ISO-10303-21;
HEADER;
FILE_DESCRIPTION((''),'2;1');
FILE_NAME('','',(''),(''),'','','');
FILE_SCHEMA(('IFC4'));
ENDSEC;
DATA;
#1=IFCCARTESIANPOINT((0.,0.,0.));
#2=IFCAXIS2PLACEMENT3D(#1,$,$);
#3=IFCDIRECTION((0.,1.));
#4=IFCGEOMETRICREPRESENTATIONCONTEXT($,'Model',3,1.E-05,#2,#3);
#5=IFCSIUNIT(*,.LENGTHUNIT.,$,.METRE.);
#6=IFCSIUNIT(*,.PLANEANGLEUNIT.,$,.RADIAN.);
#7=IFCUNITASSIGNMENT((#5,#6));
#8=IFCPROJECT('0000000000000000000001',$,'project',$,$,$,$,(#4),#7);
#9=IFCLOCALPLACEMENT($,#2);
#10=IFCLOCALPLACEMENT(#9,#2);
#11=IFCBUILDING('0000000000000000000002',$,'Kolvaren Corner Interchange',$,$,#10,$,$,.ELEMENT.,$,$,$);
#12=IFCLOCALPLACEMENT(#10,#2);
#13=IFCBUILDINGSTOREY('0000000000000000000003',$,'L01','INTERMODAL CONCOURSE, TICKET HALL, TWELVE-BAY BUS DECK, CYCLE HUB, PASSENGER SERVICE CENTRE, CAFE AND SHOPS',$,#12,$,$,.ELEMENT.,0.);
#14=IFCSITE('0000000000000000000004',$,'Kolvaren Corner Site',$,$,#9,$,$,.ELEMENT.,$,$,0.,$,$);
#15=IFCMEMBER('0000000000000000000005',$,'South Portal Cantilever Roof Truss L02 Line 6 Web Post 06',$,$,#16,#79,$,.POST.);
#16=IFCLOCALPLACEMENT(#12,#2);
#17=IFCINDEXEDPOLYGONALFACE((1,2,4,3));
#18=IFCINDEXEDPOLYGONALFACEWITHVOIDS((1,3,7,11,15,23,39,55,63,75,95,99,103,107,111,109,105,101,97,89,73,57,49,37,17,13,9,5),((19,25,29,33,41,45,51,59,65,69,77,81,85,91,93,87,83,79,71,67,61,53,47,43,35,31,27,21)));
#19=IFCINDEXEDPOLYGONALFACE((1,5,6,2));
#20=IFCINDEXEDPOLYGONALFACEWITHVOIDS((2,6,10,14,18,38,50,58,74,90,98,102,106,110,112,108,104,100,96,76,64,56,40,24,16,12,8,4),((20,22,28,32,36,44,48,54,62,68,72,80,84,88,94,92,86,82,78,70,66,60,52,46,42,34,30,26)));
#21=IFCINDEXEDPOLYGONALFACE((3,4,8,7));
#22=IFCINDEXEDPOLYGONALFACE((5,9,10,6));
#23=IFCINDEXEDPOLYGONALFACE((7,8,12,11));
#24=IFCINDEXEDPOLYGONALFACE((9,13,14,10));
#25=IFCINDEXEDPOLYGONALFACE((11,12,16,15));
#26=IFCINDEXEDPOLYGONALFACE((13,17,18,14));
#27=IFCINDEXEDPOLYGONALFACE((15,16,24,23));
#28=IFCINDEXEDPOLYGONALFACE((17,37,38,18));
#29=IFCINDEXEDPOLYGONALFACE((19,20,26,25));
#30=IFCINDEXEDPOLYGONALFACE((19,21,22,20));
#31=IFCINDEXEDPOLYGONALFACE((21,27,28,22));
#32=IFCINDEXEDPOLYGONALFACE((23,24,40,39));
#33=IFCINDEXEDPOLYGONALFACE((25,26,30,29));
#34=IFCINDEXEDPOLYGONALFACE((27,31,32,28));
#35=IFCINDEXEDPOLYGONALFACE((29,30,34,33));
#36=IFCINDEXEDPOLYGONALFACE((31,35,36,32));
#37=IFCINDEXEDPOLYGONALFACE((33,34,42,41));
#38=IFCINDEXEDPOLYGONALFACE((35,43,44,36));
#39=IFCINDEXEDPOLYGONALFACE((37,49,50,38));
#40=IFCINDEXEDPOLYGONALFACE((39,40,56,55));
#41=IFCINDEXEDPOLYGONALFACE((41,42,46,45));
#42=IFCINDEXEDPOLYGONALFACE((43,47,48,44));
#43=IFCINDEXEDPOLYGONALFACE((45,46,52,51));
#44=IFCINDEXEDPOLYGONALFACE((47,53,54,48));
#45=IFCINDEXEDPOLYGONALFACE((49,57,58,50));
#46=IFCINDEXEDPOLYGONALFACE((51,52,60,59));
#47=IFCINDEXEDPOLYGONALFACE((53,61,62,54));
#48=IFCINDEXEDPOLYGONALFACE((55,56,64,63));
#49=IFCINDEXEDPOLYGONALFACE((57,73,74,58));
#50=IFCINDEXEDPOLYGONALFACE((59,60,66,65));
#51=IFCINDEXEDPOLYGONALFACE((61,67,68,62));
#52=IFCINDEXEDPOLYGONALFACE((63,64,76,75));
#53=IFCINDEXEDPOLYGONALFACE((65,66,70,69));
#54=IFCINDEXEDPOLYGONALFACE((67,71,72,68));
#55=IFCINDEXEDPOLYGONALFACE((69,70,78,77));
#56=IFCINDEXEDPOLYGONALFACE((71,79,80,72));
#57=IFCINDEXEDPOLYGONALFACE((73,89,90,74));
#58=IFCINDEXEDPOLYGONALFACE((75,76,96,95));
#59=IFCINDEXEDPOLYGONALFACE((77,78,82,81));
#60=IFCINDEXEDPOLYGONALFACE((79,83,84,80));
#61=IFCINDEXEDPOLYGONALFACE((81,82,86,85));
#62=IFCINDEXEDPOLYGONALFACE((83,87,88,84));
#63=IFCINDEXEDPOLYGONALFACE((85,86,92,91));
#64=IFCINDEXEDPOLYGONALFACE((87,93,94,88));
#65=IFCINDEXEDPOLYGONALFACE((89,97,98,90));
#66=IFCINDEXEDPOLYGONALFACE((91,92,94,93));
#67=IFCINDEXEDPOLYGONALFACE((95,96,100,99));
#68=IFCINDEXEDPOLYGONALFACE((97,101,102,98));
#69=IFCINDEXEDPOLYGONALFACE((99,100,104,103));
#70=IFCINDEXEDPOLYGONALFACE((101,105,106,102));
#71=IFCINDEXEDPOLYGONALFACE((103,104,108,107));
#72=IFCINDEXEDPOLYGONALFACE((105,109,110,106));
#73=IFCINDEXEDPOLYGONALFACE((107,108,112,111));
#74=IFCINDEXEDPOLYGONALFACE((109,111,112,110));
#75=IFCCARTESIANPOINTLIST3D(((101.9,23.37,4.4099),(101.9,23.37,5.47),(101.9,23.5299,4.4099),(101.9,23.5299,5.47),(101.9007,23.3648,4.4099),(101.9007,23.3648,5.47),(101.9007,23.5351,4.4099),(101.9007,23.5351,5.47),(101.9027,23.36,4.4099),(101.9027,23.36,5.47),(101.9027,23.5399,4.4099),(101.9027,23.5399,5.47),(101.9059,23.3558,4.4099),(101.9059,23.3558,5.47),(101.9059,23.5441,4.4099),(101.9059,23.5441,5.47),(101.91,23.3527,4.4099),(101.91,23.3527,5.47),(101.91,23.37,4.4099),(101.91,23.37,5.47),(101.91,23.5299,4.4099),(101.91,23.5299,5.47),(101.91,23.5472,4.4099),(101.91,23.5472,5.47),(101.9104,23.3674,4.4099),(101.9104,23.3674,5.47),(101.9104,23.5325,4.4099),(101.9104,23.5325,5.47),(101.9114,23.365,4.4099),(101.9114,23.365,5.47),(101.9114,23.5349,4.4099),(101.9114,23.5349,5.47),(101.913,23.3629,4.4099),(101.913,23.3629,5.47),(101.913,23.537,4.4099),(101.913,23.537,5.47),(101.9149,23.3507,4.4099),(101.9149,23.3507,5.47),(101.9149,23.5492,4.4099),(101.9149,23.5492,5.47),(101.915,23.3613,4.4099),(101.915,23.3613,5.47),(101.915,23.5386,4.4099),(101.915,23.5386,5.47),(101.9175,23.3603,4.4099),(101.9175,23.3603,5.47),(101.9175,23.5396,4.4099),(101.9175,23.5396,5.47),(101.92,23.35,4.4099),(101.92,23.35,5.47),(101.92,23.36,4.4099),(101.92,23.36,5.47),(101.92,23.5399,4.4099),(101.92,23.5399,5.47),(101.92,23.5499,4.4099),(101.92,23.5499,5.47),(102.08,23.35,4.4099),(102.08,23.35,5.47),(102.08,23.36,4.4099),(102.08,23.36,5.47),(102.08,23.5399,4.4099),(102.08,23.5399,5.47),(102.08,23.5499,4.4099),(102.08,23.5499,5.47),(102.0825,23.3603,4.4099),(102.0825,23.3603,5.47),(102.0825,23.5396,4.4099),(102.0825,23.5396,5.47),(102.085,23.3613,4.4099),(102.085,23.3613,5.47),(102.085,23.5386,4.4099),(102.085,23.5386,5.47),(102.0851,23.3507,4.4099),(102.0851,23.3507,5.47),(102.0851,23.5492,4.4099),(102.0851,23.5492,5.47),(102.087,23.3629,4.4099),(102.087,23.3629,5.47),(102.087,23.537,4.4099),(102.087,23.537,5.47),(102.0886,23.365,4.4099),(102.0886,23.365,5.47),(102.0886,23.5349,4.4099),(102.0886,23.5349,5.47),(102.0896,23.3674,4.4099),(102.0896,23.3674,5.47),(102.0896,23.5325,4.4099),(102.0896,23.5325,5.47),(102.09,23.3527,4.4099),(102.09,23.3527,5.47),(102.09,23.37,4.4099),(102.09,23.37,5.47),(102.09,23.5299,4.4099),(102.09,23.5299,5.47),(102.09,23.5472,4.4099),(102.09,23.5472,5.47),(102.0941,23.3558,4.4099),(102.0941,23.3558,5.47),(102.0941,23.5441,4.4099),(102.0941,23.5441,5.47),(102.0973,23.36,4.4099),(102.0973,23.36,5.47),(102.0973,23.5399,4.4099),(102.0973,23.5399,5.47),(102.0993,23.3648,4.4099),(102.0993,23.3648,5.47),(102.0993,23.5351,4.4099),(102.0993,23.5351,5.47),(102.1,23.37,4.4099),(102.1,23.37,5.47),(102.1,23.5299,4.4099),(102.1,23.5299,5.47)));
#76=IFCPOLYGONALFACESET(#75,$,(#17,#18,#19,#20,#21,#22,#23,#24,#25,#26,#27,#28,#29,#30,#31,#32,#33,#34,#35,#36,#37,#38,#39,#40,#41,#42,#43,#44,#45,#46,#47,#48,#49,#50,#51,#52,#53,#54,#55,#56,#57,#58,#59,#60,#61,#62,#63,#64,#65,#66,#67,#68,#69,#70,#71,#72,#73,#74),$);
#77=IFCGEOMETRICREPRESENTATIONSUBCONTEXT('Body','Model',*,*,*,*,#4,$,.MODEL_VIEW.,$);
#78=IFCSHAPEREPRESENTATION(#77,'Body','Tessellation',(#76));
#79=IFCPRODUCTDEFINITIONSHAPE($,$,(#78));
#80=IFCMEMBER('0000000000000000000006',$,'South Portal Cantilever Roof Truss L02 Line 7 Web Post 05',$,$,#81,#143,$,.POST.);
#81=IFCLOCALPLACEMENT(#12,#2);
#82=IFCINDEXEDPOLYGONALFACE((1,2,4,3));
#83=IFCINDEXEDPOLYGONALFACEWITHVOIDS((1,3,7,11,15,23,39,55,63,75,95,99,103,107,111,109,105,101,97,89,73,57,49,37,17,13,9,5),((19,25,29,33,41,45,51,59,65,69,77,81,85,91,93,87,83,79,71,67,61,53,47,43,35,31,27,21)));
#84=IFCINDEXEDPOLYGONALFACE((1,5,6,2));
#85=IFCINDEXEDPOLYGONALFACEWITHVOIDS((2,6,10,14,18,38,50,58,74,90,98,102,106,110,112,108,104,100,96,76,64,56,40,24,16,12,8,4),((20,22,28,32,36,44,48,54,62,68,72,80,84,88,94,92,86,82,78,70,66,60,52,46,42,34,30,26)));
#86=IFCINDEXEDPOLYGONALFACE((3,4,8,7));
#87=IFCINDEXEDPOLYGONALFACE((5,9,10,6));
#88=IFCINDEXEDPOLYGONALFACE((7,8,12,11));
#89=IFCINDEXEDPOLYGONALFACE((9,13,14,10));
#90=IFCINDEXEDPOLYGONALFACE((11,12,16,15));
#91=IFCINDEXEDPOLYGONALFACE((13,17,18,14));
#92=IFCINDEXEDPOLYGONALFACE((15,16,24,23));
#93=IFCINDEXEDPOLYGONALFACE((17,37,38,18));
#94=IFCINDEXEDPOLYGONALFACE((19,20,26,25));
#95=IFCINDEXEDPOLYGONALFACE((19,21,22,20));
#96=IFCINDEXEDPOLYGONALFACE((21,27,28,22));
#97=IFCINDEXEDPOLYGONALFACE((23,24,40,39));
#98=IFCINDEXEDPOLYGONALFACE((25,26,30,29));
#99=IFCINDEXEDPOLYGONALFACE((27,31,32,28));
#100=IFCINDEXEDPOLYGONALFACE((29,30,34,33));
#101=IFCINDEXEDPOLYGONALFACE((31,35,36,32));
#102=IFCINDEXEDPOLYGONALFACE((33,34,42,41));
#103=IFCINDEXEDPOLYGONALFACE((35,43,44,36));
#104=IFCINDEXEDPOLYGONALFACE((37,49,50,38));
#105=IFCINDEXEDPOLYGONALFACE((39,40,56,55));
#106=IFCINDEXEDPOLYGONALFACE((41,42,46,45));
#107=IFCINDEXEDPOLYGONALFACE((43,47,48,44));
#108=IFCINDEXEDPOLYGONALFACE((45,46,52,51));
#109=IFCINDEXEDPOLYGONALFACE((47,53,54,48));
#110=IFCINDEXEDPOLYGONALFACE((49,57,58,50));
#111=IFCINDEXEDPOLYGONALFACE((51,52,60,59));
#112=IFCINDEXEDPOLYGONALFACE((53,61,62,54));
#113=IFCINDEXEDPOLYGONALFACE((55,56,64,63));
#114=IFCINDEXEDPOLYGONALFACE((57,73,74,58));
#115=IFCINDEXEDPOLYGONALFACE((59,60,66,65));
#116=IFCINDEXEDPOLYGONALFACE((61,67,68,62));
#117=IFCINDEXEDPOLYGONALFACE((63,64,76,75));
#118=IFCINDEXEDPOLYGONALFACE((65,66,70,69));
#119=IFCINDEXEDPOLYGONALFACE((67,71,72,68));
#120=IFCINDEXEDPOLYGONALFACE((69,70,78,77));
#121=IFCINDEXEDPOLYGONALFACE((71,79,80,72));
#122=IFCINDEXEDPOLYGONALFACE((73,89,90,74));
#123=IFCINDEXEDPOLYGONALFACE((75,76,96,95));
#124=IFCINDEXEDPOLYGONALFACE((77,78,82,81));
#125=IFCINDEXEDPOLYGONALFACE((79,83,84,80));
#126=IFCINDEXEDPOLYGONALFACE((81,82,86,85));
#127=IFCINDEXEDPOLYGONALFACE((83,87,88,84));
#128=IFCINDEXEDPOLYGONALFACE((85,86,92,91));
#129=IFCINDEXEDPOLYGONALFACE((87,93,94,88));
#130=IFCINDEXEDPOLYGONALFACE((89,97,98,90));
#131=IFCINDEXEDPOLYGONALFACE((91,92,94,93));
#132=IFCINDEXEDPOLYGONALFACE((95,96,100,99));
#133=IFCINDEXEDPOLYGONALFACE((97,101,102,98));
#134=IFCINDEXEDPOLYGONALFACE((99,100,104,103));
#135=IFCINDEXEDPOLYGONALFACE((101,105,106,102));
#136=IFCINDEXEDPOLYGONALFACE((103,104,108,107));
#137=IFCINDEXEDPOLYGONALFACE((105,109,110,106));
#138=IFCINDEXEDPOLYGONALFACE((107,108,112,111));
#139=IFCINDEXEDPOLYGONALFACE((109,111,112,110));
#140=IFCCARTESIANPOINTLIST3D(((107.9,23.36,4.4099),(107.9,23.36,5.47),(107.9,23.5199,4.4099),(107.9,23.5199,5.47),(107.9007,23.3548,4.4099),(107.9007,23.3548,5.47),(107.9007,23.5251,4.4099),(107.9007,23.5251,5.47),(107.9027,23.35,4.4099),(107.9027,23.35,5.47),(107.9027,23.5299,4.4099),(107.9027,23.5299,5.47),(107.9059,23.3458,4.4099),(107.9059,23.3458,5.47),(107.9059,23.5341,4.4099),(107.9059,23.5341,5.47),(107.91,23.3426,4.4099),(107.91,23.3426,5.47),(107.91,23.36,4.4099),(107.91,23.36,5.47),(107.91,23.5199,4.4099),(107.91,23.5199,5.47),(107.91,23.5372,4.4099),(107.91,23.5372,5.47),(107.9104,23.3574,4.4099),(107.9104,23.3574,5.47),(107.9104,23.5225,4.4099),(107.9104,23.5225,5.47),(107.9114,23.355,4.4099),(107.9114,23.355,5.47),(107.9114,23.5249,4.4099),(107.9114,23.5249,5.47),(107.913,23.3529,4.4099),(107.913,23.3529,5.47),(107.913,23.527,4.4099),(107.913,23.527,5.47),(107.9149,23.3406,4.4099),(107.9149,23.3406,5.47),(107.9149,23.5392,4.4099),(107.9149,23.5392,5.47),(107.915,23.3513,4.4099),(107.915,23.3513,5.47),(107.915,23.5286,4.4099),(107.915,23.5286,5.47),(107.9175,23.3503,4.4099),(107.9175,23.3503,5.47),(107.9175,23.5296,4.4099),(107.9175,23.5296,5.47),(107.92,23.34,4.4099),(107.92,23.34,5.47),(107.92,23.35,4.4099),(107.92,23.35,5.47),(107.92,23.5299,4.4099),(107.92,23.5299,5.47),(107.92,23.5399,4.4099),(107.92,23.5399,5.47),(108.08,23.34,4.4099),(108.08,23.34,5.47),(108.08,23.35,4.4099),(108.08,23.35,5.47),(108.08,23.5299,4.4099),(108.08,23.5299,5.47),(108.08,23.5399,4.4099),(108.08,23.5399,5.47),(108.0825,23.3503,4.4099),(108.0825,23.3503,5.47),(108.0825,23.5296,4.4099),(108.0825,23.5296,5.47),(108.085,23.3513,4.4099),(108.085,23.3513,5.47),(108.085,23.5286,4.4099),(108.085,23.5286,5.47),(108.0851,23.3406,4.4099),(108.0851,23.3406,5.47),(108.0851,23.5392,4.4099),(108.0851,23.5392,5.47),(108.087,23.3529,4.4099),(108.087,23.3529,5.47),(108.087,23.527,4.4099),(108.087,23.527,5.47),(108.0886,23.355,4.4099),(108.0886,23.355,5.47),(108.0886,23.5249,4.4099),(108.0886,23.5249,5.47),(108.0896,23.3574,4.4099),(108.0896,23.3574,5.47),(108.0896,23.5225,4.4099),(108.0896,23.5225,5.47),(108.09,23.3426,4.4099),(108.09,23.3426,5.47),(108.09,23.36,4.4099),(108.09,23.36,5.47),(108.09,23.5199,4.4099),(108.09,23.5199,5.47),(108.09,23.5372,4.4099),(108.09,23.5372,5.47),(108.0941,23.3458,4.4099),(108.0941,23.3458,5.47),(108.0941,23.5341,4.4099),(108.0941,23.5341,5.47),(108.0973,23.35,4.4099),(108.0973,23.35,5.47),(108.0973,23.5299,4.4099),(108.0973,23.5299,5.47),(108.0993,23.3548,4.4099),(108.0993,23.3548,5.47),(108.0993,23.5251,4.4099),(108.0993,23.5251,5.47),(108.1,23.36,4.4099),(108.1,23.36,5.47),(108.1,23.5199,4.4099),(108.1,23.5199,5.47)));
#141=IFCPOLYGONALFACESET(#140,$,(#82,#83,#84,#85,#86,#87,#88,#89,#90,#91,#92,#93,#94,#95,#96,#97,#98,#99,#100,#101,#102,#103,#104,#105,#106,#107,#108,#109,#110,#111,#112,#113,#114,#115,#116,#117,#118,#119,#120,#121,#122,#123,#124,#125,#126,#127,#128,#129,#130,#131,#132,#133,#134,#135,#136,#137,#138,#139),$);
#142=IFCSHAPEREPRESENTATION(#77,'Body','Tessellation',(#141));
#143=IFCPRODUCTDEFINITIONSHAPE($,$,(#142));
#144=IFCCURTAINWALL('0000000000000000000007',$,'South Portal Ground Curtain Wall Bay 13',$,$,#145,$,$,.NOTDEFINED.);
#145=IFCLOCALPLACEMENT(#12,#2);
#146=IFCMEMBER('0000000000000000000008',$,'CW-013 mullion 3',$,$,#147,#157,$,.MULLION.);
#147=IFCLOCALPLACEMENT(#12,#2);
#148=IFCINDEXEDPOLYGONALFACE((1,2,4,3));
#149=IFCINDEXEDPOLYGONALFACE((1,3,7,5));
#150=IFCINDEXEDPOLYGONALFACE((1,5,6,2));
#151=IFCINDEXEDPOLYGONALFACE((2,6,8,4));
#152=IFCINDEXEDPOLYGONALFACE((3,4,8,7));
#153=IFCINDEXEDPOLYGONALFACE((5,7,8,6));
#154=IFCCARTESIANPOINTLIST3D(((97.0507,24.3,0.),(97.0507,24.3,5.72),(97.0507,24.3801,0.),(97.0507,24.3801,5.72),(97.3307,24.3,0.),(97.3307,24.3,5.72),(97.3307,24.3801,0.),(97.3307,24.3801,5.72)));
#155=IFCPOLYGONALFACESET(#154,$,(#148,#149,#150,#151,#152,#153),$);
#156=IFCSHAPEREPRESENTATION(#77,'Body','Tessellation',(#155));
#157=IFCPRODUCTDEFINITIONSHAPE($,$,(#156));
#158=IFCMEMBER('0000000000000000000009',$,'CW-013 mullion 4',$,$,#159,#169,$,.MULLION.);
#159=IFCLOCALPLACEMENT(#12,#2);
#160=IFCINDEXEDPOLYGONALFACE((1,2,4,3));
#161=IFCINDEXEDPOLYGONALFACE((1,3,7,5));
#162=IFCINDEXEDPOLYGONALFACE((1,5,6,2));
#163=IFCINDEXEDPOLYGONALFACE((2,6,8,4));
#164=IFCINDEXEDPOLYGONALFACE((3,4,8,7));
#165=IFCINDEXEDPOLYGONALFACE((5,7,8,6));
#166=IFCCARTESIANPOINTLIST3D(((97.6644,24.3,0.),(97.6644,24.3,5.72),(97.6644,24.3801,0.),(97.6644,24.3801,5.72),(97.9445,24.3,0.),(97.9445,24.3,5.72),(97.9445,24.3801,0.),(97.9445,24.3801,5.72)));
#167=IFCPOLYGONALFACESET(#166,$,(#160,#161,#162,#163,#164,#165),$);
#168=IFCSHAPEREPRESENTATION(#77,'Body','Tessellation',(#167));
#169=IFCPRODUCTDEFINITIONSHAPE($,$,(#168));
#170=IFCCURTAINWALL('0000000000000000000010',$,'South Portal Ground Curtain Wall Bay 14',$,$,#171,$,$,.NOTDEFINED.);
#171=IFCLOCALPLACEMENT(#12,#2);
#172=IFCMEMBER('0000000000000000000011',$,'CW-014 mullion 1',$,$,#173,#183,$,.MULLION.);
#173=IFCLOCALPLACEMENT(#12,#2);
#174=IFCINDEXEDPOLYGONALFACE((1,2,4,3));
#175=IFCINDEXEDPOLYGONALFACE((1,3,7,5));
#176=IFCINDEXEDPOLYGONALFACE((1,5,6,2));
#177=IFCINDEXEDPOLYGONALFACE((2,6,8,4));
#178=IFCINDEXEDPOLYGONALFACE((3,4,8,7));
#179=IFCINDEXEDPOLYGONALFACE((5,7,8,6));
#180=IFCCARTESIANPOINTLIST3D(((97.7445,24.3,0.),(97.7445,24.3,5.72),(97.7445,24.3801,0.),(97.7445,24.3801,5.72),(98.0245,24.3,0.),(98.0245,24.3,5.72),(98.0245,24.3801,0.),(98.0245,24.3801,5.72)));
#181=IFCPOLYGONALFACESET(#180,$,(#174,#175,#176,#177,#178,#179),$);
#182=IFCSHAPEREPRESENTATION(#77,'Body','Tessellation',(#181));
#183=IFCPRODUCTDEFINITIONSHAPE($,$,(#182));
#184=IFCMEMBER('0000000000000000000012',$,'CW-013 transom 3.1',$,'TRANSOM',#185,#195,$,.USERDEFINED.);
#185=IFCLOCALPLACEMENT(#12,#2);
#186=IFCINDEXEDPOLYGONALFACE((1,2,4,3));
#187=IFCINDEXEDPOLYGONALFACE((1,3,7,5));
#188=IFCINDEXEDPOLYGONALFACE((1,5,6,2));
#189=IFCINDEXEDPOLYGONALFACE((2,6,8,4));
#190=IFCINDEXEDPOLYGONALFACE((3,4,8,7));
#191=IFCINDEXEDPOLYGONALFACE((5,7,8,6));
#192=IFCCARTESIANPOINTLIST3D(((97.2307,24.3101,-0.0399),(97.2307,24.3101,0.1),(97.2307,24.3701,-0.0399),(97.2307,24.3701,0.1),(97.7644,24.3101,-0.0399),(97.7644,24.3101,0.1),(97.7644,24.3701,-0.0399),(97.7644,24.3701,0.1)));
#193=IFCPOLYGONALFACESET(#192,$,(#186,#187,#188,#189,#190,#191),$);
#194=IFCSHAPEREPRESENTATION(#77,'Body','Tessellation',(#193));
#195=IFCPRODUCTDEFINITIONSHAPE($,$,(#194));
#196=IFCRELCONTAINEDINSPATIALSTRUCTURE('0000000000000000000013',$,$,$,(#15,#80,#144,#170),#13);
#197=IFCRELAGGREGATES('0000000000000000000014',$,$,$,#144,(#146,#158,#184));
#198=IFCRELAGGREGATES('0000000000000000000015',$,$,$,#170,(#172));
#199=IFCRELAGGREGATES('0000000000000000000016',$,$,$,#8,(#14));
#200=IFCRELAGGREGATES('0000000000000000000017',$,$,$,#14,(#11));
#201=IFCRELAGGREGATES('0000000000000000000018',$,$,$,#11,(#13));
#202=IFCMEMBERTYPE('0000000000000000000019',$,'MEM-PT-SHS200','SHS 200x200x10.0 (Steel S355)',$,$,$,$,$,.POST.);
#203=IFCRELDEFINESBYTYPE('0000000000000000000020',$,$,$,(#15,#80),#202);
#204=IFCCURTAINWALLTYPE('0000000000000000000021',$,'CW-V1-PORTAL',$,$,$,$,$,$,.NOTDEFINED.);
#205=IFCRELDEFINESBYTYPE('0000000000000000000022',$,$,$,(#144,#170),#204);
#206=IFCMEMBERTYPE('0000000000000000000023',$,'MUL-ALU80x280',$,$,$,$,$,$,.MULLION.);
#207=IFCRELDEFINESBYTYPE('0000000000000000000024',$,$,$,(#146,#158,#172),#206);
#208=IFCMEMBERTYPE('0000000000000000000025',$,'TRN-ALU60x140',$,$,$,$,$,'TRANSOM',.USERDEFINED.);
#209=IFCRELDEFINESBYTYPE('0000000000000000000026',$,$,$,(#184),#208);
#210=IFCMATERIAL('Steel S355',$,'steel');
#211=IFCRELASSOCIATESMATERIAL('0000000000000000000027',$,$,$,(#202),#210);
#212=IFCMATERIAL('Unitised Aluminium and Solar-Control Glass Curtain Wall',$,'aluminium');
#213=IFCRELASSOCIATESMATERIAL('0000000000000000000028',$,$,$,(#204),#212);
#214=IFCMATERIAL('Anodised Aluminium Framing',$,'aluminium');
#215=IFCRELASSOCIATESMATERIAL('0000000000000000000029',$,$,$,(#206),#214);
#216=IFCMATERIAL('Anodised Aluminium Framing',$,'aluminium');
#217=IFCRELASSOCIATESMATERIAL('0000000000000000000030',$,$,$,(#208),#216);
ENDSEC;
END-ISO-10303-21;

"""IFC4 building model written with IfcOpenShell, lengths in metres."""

from ifc_helpers import new_model, si_unit, direction, frame, origin, origin_2d, place, context, subcontext, project, spatial, rectangle, hollow_rectangle, extrude, material, material_profile, profile_set, type_object, element, aggregate, save


model = new_model("IFC4")

# Units and contexts
model_context = context("Model", 3, precision=1e-05, world=origin(), true_north=direction((0.0, 1.0)))
body_context = subcontext(model_context, "Body", "Model", "MODEL_VIEW")
ifc_project = project(units=[si_unit("LENGTHUNIT", "METRE"), si_unit("PLANEANGLEUNIT", "RADIAN")], contexts=[model_context])

# Site, building, storey
site_placement = place(None, origin())
site = spatial("IfcSite", under=ifc_project, at=site_placement, Name="Kolvaren Corner Site", CompositionType="ELEMENT", RefElevation=0.0)
building_placement = place(site_placement, origin())
building = spatial("IfcBuilding", under=site, at=building_placement, Name="Kolvaren Corner Interchange", CompositionType="ELEMENT")
storey_placement = place(building_placement, origin())
storey = spatial("IfcBuildingStorey", under=building, at=storey_placement, Name="L01", Description="INTERMODAL CONCOURSE, TICKET HALL, TWELVE-BAY BUS DECK, CYCLE HUB, PASSENGER SERVICE CENTRE, CAFE AND SHOPS", CompositionType="ELEMENT", Elevation=0.0)

# Members
ifc_material_1 = material(Name="Steel S355", Category="steel")
ifc_material_profile_1 = material_profile(ifc_material_1, hollow_rectangle(XDim=0.2, YDim=0.2, WallThickness=0.01, InnerFilletRadius=0.01, OuterFilletRadius=0.02, at=origin_2d()), Name="SHS 200x200x10.0")
ifc_profile_set_1 = profile_set([ifc_material_profile_1], Name="Steel S355")
member_type_1 = type_object("IfcMemberType", Name="MEM-PT-SHS200", Description="SHS 200x200x10.0 (Steel S355)", PredefinedType="POST", material=ifc_profile_set_1)
for number, where, z_axis, x_axis, name in (
    (1, (102.0, 23.45, 4.4099), (0.0, 0.0, 1.0), (1.0, 0.0, 0.0), "South Portal Cantilever Roof Truss L02 Line 6 Web Post 06"),
    (2, (108.0, 23.4399, 4.4099), (0.0, 0.0, 1.0), (1.0, 0.0, 0.0), "South Portal Cantilever Roof Truss L02 Line 7 Web Post 05"),
):
    element("IfcMember", number, at=place(storey_placement, frame(where, z_axis=z_axis, x_axis=x_axis)), inside=storey, type_object=member_type_1, Name=name, PredefinedType="POST", context=body_context, shape_type="SweptSolid", body=[
        extrude(hollow_rectangle(XDim=0.2, YDim=0.2, WallThickness=0.01, InnerFilletRadius=0.01, OuterFilletRadius=0.02, at=origin_2d()), origin(), (0.0, 0.0, 1.0), 1.0601),
    ])

# Curtain wall, members
ifc_material_2 = material(Name="Unitised Aluminium and Solar-Control Glass Curtain Wall", Category="aluminium")
curtain_wall_type = type_object("IfcCurtainWallType", Name="CW-V1-PORTAL", PredefinedType="NOTDEFINED", material=ifc_material_2)
curtain_wall_1_placement = place(storey_placement, origin())
curtain_wall_1 = element("IfcCurtainWall", 3, at=curtain_wall_1_placement, inside=storey, type_object=curtain_wall_type, Name="South Portal Ground Curtain Wall Bay 13", PredefinedType="NOTDEFINED")
ifc_material_3 = material(Name="Anodised Aluminium Framing", Category="aluminium")
ifc_material_profile_2 = material_profile(ifc_material_3, rectangle(XDim=0.0801, YDim=0.28, at=origin_2d()), Name="ALU 80x280")
ifc_profile_set_2 = profile_set([ifc_material_profile_2], Name="Anodised Aluminium Framing")
member_type_2 = type_object("IfcMemberType", Name="MUL-ALU80x280", PredefinedType="MULLION", material=ifc_profile_set_2)
member_1_placement = place(storey_placement, frame((97.1907, 24.3401, 0.0), z_axis=(0.0, 0.0, 1.0), x_axis=(0.0, 1.0, 0.0)))
member_1 = element("IfcMember", 4, at=member_1_placement, type_object=member_type_2, Name="CW-013 mullion 3", PredefinedType="MULLION", context=body_context, shape_type="SweptSolid", body=[
    extrude(rectangle(XDim=0.0801, YDim=0.28, at=origin_2d()), origin(), (0.0, 0.0, 1.0), 5.72),
])
member_2_placement = place(storey_placement, frame((97.8044, 24.3401, 0.0), z_axis=(0.0, 0.0, 1.0), x_axis=(0.0, 1.0, 0.0)))
member_2 = element("IfcMember", 5, at=member_2_placement, type_object=member_type_2, Name="CW-013 mullion 4", PredefinedType="MULLION", context=body_context, shape_type="SweptSolid", body=[
    extrude(rectangle(XDim=0.0801, YDim=0.28, at=origin_2d()), origin(), (0.0, 0.0, 1.0), 5.72),
])

# Curtain wall, member
curtain_wall_2_placement = place(storey_placement, origin())
curtain_wall_2 = element("IfcCurtainWall", 6, at=curtain_wall_2_placement, inside=storey, type_object=curtain_wall_type, Name="South Portal Ground Curtain Wall Bay 14", PredefinedType="NOTDEFINED")
member_3_placement = place(storey_placement, frame((97.8845, 24.3401, 0.0), z_axis=(0.0, 0.0, 1.0), x_axis=(0.0, 1.0, 0.0)))
member_3 = element("IfcMember", 7, at=member_3_placement, type_object=member_type_2, Name="CW-014 mullion 1", PredefinedType="MULLION", context=body_context, shape_type="SweptSolid", body=[
    extrude(rectangle(XDim=0.0801, YDim=0.28, at=origin_2d()), origin(), (0.0, 0.0, 1.0), 5.72),
])

# Member
ifc_material_4 = material(Name="Anodised Aluminium Framing", Category="aluminium")
ifc_material_profile_3 = material_profile(ifc_material_4, rectangle(XDim=0.0601, YDim=0.1399, at=origin_2d()), Name="ALU 60x140")
ifc_profile_set_3 = profile_set([ifc_material_profile_3], Name="Anodised Aluminium Framing")
member_type_3 = type_object("IfcMemberType", Name="TRN-ALU60x140", ElementType="TRANSOM", PredefinedType="USERDEFINED", material=ifc_profile_set_3)
member_4_placement = place(storey_placement, frame((97.2307, 24.3401, 0.03), z_axis=(1.0, 0.0, 0.0), x_axis=(0.0, 1.0, 0.0)))
member_4 = element("IfcMember", 8, at=member_4_placement, type_object=member_type_3, Name="CW-013 transom 3.1", ObjectType="TRANSOM", PredefinedType="USERDEFINED", context=body_context, shape_type="SweptSolid", body=[
    extrude(rectangle(XDim=0.0601, YDim=0.1399, at=origin_2d()), origin(), (0.0, 0.0, 1.0), 0.5337),
])

aggregate(curtain_wall_1, [member_1, member_2, member_4])
aggregate(curtain_wall_2, [member_3])

save(model, "model.ifc")
